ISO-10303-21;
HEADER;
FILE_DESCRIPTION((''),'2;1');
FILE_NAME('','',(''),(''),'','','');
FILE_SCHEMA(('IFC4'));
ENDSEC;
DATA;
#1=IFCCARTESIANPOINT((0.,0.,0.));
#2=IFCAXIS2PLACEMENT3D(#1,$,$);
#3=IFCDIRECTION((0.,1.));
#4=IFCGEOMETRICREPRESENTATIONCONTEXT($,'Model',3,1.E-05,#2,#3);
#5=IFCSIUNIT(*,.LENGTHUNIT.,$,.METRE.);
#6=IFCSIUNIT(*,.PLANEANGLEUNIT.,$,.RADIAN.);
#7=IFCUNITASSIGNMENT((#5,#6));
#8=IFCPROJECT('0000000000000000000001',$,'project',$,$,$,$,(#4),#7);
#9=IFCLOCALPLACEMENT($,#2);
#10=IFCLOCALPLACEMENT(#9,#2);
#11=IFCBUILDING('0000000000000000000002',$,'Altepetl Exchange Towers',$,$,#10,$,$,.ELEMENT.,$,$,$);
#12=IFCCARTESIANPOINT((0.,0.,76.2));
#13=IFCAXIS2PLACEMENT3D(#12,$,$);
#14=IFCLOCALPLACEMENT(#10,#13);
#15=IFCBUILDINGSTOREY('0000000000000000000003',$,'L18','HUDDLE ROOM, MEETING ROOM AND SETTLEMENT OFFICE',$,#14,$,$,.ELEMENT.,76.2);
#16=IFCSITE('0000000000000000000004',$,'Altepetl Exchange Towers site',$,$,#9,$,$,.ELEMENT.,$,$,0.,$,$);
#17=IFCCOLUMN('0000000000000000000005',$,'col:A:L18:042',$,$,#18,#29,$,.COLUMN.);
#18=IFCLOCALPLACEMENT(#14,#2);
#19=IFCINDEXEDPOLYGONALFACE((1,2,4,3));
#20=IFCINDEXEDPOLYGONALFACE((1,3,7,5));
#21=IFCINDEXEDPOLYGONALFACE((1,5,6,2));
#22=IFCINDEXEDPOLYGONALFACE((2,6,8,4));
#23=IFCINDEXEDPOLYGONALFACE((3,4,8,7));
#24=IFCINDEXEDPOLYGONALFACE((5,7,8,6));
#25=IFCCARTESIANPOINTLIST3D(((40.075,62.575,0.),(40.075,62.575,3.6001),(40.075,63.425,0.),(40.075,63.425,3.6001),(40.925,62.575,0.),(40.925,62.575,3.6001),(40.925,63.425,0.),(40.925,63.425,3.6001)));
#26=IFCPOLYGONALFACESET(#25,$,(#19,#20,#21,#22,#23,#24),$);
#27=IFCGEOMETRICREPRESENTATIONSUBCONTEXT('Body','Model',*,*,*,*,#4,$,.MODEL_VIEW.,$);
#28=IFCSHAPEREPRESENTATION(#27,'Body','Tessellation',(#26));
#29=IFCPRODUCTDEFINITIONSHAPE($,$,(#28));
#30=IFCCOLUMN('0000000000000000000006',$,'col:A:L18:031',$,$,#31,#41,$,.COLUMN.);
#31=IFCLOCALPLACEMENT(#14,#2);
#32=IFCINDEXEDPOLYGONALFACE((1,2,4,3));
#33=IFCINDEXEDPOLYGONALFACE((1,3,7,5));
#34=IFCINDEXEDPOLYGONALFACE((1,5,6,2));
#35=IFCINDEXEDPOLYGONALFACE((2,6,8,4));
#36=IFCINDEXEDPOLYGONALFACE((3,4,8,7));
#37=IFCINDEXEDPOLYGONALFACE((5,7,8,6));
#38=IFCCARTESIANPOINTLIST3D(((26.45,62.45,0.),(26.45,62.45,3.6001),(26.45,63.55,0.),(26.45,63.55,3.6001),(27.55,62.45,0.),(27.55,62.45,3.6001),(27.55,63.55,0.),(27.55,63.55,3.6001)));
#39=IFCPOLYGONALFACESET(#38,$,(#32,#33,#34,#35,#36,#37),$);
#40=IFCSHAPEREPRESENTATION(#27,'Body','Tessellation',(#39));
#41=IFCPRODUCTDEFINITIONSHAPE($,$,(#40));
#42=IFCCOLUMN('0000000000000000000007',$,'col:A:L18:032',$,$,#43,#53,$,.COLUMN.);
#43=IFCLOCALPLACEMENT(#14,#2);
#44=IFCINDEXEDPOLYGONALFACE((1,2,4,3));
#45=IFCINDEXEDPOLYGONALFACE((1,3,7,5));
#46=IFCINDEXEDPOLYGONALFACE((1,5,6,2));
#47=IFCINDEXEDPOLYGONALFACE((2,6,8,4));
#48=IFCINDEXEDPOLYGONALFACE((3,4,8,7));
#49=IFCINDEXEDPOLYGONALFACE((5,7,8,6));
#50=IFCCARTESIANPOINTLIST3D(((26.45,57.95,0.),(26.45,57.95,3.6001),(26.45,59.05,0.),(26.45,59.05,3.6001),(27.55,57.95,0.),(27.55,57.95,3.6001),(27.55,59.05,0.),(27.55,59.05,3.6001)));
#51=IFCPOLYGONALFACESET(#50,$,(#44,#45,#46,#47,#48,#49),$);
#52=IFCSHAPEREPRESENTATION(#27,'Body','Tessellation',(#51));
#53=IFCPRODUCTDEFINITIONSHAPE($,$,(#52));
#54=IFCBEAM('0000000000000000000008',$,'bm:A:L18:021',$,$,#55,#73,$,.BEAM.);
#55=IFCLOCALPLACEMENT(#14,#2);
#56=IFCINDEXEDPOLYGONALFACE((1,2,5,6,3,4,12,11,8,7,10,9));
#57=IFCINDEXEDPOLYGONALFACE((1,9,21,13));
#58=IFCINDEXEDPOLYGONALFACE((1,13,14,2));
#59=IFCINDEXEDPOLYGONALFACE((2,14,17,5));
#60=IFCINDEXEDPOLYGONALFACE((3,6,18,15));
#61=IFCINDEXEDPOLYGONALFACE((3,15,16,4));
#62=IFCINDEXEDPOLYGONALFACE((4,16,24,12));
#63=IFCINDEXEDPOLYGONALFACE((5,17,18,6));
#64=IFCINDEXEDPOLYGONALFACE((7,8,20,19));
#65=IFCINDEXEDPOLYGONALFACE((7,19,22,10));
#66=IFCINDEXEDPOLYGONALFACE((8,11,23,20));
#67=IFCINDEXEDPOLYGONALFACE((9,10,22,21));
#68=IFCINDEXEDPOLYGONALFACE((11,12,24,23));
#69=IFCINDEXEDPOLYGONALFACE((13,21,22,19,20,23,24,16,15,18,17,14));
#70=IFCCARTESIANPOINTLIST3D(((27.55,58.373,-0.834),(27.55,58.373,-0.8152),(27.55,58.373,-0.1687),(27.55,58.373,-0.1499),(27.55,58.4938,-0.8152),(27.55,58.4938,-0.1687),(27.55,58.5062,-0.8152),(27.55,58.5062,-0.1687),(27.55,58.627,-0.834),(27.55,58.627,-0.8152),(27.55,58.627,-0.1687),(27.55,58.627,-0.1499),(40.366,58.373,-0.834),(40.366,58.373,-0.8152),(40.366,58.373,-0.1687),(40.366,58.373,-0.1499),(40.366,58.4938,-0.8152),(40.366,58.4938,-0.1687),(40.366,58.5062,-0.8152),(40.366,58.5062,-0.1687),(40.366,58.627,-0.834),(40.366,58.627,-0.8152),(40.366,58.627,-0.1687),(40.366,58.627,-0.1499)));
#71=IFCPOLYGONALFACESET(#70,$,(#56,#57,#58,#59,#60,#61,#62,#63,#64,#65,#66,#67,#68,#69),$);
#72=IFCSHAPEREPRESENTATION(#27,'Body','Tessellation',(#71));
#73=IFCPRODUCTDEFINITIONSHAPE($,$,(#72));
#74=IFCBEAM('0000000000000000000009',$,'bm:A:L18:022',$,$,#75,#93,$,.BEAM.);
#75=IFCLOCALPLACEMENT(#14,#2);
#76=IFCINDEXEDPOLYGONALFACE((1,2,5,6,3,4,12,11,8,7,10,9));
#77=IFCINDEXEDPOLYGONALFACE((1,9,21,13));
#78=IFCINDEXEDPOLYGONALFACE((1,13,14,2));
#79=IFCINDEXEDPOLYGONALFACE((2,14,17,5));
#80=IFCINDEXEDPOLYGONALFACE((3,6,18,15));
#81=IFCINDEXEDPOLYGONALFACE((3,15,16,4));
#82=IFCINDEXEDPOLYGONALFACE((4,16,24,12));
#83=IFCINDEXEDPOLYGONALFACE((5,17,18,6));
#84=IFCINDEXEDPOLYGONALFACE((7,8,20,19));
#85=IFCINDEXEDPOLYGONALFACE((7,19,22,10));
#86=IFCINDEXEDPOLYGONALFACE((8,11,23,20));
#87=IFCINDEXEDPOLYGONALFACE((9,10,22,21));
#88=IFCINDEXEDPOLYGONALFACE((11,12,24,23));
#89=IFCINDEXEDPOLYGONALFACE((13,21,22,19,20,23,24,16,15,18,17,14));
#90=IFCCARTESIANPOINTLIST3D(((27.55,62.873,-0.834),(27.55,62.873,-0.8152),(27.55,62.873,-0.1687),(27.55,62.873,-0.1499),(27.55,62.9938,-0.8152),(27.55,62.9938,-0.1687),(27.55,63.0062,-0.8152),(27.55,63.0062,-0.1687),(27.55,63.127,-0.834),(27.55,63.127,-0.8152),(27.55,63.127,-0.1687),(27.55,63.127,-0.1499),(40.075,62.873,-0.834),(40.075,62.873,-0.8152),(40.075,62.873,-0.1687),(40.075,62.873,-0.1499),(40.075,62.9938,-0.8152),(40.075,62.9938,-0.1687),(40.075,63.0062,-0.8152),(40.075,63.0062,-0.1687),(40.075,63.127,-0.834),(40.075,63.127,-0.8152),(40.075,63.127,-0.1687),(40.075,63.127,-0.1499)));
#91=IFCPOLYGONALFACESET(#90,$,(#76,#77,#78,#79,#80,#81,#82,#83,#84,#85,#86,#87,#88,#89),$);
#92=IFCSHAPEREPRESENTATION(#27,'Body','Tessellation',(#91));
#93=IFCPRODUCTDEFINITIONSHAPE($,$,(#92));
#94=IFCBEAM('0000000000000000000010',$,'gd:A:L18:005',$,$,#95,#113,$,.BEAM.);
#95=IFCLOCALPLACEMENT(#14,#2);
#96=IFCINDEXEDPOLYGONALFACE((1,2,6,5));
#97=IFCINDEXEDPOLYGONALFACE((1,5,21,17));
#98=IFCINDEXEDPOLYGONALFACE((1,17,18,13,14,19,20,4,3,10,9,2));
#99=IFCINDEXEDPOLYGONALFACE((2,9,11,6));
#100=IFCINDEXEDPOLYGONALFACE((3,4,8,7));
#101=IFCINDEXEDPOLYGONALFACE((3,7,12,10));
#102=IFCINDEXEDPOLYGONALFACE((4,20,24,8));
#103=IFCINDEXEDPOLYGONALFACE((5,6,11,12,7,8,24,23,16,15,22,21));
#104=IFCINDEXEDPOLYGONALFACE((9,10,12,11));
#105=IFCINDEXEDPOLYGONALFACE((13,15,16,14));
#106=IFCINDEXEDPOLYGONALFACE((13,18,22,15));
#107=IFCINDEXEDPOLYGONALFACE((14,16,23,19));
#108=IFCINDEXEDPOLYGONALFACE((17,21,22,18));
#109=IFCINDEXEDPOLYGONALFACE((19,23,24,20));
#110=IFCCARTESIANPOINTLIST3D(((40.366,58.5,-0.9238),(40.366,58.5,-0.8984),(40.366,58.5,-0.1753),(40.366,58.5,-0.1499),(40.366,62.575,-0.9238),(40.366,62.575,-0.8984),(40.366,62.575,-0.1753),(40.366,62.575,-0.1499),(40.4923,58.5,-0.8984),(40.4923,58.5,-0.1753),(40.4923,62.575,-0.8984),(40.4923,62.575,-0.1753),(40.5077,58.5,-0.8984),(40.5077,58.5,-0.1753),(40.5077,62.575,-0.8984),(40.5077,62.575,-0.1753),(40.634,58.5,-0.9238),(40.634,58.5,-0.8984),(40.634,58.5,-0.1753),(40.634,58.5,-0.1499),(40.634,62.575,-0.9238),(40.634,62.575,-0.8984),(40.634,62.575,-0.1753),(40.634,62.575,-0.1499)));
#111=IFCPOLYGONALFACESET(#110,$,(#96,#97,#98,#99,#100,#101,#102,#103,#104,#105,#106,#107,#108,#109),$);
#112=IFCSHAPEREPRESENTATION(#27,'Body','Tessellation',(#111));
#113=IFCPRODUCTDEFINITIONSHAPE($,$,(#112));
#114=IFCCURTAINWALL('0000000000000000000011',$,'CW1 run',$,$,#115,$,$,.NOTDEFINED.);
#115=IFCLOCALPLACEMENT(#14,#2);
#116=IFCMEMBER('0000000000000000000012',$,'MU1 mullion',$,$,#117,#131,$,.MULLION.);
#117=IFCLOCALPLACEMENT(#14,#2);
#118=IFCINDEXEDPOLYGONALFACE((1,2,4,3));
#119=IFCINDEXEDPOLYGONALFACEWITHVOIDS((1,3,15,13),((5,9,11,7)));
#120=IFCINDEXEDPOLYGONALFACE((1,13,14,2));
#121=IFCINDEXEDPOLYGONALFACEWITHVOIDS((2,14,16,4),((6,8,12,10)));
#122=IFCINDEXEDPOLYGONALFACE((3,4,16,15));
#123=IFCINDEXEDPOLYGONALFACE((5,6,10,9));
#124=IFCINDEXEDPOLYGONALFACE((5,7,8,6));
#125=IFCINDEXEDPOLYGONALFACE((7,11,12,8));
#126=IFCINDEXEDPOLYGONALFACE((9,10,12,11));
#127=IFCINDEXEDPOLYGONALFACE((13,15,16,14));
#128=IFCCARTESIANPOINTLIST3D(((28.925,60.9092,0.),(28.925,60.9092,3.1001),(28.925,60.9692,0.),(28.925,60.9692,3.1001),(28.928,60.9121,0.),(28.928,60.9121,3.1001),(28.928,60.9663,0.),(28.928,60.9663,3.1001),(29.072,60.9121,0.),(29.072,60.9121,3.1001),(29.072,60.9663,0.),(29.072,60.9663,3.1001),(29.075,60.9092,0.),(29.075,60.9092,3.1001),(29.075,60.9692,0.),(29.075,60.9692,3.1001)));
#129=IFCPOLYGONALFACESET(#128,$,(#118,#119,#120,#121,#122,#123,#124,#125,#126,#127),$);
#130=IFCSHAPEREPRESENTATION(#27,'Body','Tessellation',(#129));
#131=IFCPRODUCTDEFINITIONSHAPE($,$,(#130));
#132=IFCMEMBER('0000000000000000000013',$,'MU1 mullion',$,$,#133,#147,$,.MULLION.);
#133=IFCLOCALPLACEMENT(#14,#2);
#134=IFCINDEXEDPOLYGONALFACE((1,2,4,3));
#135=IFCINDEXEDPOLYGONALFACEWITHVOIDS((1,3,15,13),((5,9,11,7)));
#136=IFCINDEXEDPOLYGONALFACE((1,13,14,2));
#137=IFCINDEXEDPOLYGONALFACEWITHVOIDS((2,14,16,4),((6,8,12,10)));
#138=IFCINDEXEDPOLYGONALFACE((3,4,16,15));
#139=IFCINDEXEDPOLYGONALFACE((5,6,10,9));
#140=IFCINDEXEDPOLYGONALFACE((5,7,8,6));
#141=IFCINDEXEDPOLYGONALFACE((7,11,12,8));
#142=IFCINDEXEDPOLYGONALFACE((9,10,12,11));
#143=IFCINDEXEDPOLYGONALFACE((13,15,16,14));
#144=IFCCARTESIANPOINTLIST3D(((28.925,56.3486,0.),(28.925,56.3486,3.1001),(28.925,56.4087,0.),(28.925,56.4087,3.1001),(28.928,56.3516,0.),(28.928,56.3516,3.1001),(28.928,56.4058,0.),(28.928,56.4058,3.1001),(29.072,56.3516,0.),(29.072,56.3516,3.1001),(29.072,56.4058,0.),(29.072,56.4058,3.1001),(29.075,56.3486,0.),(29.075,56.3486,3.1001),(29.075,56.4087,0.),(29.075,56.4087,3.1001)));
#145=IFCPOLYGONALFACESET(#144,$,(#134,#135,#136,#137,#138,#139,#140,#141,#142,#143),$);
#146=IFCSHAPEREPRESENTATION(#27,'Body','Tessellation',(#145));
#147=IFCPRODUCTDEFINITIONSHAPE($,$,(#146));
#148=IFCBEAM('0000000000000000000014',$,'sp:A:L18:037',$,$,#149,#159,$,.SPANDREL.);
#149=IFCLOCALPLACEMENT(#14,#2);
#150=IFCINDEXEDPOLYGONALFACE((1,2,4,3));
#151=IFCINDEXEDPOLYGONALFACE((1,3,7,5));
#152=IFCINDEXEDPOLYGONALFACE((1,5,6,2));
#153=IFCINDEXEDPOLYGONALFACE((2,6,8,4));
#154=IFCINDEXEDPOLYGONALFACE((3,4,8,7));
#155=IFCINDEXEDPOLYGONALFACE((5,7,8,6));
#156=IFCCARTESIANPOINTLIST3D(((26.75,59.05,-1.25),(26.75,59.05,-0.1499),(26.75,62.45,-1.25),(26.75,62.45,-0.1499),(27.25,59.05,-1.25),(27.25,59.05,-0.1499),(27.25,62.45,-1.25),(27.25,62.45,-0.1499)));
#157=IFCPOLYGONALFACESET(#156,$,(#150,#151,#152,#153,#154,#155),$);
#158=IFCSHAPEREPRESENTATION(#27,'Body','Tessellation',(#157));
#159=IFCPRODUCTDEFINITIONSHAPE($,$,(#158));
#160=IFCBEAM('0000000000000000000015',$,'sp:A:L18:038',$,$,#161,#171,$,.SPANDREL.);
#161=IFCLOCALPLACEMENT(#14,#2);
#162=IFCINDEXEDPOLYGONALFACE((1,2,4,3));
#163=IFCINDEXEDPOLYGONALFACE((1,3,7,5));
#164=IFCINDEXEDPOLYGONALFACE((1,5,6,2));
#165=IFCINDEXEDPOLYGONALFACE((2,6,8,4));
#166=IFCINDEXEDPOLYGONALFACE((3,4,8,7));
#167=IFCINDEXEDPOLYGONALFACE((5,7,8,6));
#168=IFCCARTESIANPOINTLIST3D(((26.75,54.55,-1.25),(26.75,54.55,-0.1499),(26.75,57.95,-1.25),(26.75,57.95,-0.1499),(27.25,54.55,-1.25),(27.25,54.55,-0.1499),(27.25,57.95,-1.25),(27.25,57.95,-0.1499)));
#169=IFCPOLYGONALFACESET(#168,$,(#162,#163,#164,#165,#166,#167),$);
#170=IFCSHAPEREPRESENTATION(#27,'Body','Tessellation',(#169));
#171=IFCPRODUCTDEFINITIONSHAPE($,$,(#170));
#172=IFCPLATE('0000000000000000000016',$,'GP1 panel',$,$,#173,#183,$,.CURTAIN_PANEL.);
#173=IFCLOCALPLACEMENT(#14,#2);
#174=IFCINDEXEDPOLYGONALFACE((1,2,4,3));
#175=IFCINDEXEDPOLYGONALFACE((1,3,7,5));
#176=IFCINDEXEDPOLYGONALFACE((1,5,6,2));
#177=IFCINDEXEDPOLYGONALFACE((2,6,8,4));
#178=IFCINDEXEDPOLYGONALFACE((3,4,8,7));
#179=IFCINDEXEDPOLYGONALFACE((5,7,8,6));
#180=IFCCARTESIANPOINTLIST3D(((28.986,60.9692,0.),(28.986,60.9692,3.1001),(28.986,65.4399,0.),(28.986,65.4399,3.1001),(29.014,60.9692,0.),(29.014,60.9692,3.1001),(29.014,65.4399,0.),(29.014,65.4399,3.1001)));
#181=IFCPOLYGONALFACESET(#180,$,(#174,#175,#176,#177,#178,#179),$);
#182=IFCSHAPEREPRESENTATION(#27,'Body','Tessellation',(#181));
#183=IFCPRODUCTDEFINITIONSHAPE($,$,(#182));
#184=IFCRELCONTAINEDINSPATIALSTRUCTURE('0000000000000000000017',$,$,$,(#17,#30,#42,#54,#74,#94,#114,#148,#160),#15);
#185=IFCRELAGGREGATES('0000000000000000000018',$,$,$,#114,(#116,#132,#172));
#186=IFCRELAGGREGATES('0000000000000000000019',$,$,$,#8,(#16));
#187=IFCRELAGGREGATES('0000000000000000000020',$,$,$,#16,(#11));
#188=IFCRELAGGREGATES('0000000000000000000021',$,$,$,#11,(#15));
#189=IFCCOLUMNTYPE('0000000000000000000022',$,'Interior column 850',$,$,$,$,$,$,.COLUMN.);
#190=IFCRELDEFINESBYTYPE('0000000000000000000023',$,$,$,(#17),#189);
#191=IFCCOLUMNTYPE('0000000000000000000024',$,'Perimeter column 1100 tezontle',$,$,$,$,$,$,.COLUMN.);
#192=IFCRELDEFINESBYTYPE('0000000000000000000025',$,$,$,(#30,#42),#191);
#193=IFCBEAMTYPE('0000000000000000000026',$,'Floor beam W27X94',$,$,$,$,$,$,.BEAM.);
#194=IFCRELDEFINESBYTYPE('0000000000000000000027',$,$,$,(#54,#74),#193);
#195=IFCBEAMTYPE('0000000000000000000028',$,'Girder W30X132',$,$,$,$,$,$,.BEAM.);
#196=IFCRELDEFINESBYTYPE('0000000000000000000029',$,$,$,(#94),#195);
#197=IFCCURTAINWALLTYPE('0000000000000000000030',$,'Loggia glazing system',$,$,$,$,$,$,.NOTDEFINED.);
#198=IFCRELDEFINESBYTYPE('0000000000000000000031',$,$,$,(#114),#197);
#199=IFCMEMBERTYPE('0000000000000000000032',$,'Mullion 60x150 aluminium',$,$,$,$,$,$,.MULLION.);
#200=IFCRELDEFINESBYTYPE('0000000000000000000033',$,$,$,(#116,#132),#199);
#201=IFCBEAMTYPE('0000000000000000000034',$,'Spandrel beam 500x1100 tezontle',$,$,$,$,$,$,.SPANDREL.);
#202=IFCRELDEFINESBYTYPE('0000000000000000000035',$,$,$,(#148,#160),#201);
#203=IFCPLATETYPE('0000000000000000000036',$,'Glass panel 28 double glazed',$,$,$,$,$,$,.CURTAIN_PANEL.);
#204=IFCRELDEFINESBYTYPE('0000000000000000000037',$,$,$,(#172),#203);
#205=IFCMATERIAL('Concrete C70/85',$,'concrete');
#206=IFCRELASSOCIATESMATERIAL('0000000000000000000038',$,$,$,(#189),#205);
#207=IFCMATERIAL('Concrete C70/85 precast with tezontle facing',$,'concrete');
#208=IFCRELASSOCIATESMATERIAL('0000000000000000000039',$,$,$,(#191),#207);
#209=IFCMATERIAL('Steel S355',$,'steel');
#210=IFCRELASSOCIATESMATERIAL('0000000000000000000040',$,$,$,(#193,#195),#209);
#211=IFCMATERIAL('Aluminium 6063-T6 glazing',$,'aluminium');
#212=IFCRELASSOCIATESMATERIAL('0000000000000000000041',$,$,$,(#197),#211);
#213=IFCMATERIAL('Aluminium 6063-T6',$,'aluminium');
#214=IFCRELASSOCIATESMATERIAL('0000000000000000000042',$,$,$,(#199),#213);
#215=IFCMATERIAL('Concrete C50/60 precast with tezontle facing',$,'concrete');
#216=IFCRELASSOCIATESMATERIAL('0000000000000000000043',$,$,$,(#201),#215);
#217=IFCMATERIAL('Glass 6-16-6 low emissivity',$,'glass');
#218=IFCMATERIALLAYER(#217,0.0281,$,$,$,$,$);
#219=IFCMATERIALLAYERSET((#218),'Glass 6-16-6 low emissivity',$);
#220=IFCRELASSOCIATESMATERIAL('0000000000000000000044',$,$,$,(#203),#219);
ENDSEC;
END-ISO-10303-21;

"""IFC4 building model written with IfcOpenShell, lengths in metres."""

from ifc_helpers import new_model, si_unit, direction, frame, origin, origin_2d, place, context, subcontext, project, spatial, rectangle, hollow_rectangle, i_section, extrude, material, layer, layer_set, material_profile, profile_set, type_object, element, aggregate, save


model = new_model("IFC4")

# Units and contexts
model_context = context("Model", 3, precision=1e-05, world=origin(), true_north=direction((0.0, 1.0)))
body_context = subcontext(model_context, "Body", "Model", "MODEL_VIEW")
ifc_project = project(units=[si_unit("LENGTHUNIT", "METRE"), si_unit("PLANEANGLEUNIT", "RADIAN")], contexts=[model_context])

# Site, building, storey
site_placement = place(None, origin())
site = spatial("IfcSite", under=ifc_project, at=site_placement, Name="Altepetl Exchange Towers site", CompositionType="ELEMENT", RefElevation=0.0)
building_placement = place(site_placement, origin())
building = spatial("IfcBuilding", under=site, at=building_placement, Name="Altepetl Exchange Towers", CompositionType="ELEMENT")
storey_placement = place(building_placement, frame((0.0, 0.0, 76.2)))
storey = spatial("IfcBuildingStorey", under=building, at=storey_placement, Name="L18", Description="HUDDLE ROOM, MEETING ROOM AND SETTLEMENT OFFICE", CompositionType="ELEMENT", Elevation=76.2)

# Columns
ifc_material_1 = material(Name="Concrete C70/85", Category="concrete")
ifc_material_profile_1 = material_profile(ifc_material_1, rectangle(XDim=0.8501, YDim=0.8501, at=origin_2d()), Name="850 x 850")
ifc_profile_set_1 = profile_set([ifc_material_profile_1], Name="Concrete C70/85")
column_type_1 = type_object("IfcColumnType", Name="Interior column 850", PredefinedType="COLUMN", material=ifc_profile_set_1)
column_placement = place(storey_placement, frame((40.5, 63.0, 0.0)))
element("IfcColumn", 1, at=column_placement, inside=storey, type_object=column_type_1, Name="col:A:L18:042", PredefinedType="COLUMN", context=body_context, shape_type="SweptSolid", body=[
    extrude(rectangle(XDim=0.8501, YDim=0.8501, at=origin_2d()), origin(), (0.0, 0.0, 1.0), 3.6001),
])
ifc_material_2 = material(Name="Concrete C70/85 precast with tezontle facing", Category="concrete")
ifc_material_profile_2 = material_profile(ifc_material_2, rectangle(XDim=1.1001, YDim=1.1001, at=origin_2d()), Name="1100 x 1100")
ifc_profile_set_2 = profile_set([ifc_material_profile_2], Name="Concrete C70/85 precast with tezontle facing")
column_type_2 = type_object("IfcColumnType", Name="Perimeter column 1100 tezontle", PredefinedType="COLUMN", material=ifc_profile_set_2)
for number, where, name in (
    (2, (27.0, 63.0, 0.0), "col:A:L18:031"),
    (3, (27.0, 58.5, 0.0), "col:A:L18:032"),
):
    element("IfcColumn", number, at=place(storey_placement, frame(where)), inside=storey, type_object=column_type_2, Name=name, PredefinedType="COLUMN", context=body_context, shape_type="SweptSolid", body=[
        extrude(rectangle(XDim=1.1001, YDim=1.1001, at=origin_2d()), origin(), (0.0, 0.0, 1.0), 3.6001),
    ])

# Beams
ifc_material_3 = material(Name="Steel S355", Category="steel")
ifc_material_profile_3 = material_profile(ifc_material_3, i_section(OverallWidth=0.2539, OverallDepth=0.6841, WebThickness=0.0125, FlangeThickness=0.0188, at=origin_2d()), Name="W27X94")
ifc_profile_set_3 = profile_set([ifc_material_profile_3], Name="Steel S355")
beam_type_1 = type_object("IfcBeamType", Name="Floor beam W27X94", PredefinedType="BEAM", material=ifc_profile_set_3)
beam_1_placement = place(storey_placement, frame((27.55, 58.5, -0.4919), z_axis=(1.0, 0.0, 0.0), x_axis=(0.0, 1.0, 0.0)))
element("IfcBeam", 4, at=beam_1_placement, inside=storey, type_object=beam_type_1, Name="bm:A:L18:021", PredefinedType="BEAM", context=body_context, shape_type="SweptSolid", body=[
    extrude(i_section(OverallWidth=0.2539, OverallDepth=0.6841, WebThickness=0.0125, FlangeThickness=0.0188, at=origin_2d()), origin(), (0.0, 0.0, 1.0), 12.8159),
])
beam_2_placement = place(storey_placement, frame((27.55, 63.0, -0.4919), z_axis=(1.0, 0.0, 0.0), x_axis=(0.0, 1.0, 0.0)))
element("IfcBeam", 5, at=beam_2_placement, inside=storey, type_object=beam_type_1, Name="bm:A:L18:022", PredefinedType="BEAM", context=body_context, shape_type="SweptSolid", body=[
    extrude(i_section(OverallWidth=0.2539, OverallDepth=0.6841, WebThickness=0.0125, FlangeThickness=0.0188, at=origin_2d()), origin(), (0.0, 0.0, 1.0), 12.5249),
])
ifc_material_profile_4 = material_profile(ifc_material_3, i_section(OverallWidth=0.2681, OverallDepth=0.7739, WebThickness=0.0154, FlangeThickness=0.0254, at=origin_2d()), Name="W30X132")
ifc_profile_set_4 = profile_set([ifc_material_profile_4], Name="Steel S355")
beam_type_2 = type_object("IfcBeamType", Name="Girder W30X132", PredefinedType="BEAM", material=ifc_profile_set_4)
beam_3_placement = place(storey_placement, frame((40.5, 62.575, -0.5369), z_axis=(0.0, -1.0, 0.0), x_axis=(1.0, 0.0, 0.0)))
element("IfcBeam", 6, at=beam_3_placement, inside=storey, type_object=beam_type_2, Name="gd:A:L18:005", PredefinedType="BEAM", context=body_context, shape_type="SweptSolid", body=[
    extrude(i_section(OverallWidth=0.2681, OverallDepth=0.7739, WebThickness=0.0154, FlangeThickness=0.0254, at=origin_2d()), origin(), (0.0, 0.0, 1.0), 4.075),
])

# Curtain wall, members
ifc_material_4 = material(Name="Aluminium 6063-T6 glazing", Category="aluminium")
curtain_wall_type = type_object("IfcCurtainWallType", Name="Loggia glazing system", PredefinedType="NOTDEFINED", material=ifc_material_4)
curtain_wall_placement = place(storey_placement, origin())
curtain_wall = element("IfcCurtainWall", 7, at=curtain_wall_placement, inside=storey, type_object=curtain_wall_type, Name="CW1 run", PredefinedType="NOTDEFINED")
ifc_material_5 = material(Name="Aluminium 6063-T6", Category="aluminium")
ifc_material_profile_5 = material_profile(ifc_material_5, hollow_rectangle(XDim=0.0601, YDim=0.1499, WallThickness=0.0029, at=origin_2d()), Name="Mullion 60x150 aluminium")
ifc_profile_set_5 = profile_set([ifc_material_profile_5], Name="Aluminium 6063-T6")
member_type = type_object("IfcMemberType", Name="Mullion 60x150 aluminium", PredefinedType="MULLION", material=ifc_profile_set_5)
member_1_placement = place(storey_placement, frame((29.0, 60.9392, 0.0), z_axis=(0.0, 0.0, 1.0), x_axis=(0.0, -1.0, 0.0)))
member_1 = element("IfcMember", 8, at=member_1_placement, type_object=member_type, Name="MU1 mullion", PredefinedType="MULLION", context=body_context, shape_type="SweptSolid", body=[
    extrude(hollow_rectangle(XDim=0.0601, YDim=0.1499, WallThickness=0.0029, at=origin_2d()), origin(), (0.0, 0.0, 1.0), 3.1001),
])
member_2_placement = place(storey_placement, frame((29.0, 56.3787, 0.0), z_axis=(0.0, 0.0, 1.0), x_axis=(0.0, -1.0, 0.0)))
member_2 = element("IfcMember", 9, at=member_2_placement, type_object=member_type, Name="MU1 mullion", PredefinedType="MULLION", context=body_context, shape_type="SweptSolid", body=[
    extrude(hollow_rectangle(XDim=0.0601, YDim=0.1499, WallThickness=0.0029, at=origin_2d()), origin(), (0.0, 0.0, 1.0), 3.1001),
])

# Beams
ifc_material_6 = material(Name="Concrete C50/60 precast with tezontle facing", Category="concrete")
ifc_material_profile_6 = material_profile(ifc_material_6, rectangle(XDim=0.5, YDim=1.1001, at=origin_2d()), Name="500 x 1100")
ifc_profile_set_6 = profile_set([ifc_material_profile_6], Name="Concrete C50/60 precast with tezontle facing")
beam_type_3 = type_object("IfcBeamType", Name="Spandrel beam 500x1100 tezontle", PredefinedType="SPANDREL", material=ifc_profile_set_6)
for number, where, z_axis, x_axis, name in (
    (10, (27.0, 62.45, -0.7), (0.0, -1.0, 0.0), (1.0, 0.0, 0.0), "sp:A:L18:037"),
    (11, (27.0, 57.95, -0.7), (0.0, -1.0, 0.0), (1.0, 0.0, 0.0), "sp:A:L18:038"),
):
    element("IfcBeam", number, at=place(storey_placement, frame(where, z_axis=z_axis, x_axis=x_axis)), inside=storey, type_object=beam_type_3, Name=name, PredefinedType="SPANDREL", context=body_context, shape_type="SweptSolid", body=[
        extrude(rectangle(XDim=0.5, YDim=1.1001, at=origin_2d()), origin(), (0.0, 0.0, 1.0), 3.3999),
    ])

# Plate
ifc_material_7 = material(Name="Glass 6-16-6 low emissivity", Category="glass")
ifc_layer_1 = layer(ifc_material_7, 0.0281)
ifc_layer_set_1 = layer_set([ifc_layer_1], Name="Glass 6-16-6 low emissivity")
plate_type = type_object("IfcPlateType", Name="Glass panel 28 double glazed", PredefinedType="CURTAIN_PANEL", material=ifc_layer_set_1)
plate_1_placement = place(storey_placement, frame((29.0, 63.2046, 0.0), z_axis=(0.0, 0.0, 1.0), x_axis=(0.0, -1.0, 0.0)))
plate_1 = element("IfcPlate", 12, at=plate_1_placement, type_object=plate_type, Name="GP1 panel", PredefinedType="CURTAIN_PANEL", context=body_context, shape_type="SweptSolid", body=[
    extrude(rectangle(XDim=4.4707, YDim=0.0281, at=origin_2d()), origin(), (0.0, 0.0, 1.0), 3.1001),
])
aggregate(curtain_wall, [member_1, member_2, plate_1])

save(model, "model.ifc")
